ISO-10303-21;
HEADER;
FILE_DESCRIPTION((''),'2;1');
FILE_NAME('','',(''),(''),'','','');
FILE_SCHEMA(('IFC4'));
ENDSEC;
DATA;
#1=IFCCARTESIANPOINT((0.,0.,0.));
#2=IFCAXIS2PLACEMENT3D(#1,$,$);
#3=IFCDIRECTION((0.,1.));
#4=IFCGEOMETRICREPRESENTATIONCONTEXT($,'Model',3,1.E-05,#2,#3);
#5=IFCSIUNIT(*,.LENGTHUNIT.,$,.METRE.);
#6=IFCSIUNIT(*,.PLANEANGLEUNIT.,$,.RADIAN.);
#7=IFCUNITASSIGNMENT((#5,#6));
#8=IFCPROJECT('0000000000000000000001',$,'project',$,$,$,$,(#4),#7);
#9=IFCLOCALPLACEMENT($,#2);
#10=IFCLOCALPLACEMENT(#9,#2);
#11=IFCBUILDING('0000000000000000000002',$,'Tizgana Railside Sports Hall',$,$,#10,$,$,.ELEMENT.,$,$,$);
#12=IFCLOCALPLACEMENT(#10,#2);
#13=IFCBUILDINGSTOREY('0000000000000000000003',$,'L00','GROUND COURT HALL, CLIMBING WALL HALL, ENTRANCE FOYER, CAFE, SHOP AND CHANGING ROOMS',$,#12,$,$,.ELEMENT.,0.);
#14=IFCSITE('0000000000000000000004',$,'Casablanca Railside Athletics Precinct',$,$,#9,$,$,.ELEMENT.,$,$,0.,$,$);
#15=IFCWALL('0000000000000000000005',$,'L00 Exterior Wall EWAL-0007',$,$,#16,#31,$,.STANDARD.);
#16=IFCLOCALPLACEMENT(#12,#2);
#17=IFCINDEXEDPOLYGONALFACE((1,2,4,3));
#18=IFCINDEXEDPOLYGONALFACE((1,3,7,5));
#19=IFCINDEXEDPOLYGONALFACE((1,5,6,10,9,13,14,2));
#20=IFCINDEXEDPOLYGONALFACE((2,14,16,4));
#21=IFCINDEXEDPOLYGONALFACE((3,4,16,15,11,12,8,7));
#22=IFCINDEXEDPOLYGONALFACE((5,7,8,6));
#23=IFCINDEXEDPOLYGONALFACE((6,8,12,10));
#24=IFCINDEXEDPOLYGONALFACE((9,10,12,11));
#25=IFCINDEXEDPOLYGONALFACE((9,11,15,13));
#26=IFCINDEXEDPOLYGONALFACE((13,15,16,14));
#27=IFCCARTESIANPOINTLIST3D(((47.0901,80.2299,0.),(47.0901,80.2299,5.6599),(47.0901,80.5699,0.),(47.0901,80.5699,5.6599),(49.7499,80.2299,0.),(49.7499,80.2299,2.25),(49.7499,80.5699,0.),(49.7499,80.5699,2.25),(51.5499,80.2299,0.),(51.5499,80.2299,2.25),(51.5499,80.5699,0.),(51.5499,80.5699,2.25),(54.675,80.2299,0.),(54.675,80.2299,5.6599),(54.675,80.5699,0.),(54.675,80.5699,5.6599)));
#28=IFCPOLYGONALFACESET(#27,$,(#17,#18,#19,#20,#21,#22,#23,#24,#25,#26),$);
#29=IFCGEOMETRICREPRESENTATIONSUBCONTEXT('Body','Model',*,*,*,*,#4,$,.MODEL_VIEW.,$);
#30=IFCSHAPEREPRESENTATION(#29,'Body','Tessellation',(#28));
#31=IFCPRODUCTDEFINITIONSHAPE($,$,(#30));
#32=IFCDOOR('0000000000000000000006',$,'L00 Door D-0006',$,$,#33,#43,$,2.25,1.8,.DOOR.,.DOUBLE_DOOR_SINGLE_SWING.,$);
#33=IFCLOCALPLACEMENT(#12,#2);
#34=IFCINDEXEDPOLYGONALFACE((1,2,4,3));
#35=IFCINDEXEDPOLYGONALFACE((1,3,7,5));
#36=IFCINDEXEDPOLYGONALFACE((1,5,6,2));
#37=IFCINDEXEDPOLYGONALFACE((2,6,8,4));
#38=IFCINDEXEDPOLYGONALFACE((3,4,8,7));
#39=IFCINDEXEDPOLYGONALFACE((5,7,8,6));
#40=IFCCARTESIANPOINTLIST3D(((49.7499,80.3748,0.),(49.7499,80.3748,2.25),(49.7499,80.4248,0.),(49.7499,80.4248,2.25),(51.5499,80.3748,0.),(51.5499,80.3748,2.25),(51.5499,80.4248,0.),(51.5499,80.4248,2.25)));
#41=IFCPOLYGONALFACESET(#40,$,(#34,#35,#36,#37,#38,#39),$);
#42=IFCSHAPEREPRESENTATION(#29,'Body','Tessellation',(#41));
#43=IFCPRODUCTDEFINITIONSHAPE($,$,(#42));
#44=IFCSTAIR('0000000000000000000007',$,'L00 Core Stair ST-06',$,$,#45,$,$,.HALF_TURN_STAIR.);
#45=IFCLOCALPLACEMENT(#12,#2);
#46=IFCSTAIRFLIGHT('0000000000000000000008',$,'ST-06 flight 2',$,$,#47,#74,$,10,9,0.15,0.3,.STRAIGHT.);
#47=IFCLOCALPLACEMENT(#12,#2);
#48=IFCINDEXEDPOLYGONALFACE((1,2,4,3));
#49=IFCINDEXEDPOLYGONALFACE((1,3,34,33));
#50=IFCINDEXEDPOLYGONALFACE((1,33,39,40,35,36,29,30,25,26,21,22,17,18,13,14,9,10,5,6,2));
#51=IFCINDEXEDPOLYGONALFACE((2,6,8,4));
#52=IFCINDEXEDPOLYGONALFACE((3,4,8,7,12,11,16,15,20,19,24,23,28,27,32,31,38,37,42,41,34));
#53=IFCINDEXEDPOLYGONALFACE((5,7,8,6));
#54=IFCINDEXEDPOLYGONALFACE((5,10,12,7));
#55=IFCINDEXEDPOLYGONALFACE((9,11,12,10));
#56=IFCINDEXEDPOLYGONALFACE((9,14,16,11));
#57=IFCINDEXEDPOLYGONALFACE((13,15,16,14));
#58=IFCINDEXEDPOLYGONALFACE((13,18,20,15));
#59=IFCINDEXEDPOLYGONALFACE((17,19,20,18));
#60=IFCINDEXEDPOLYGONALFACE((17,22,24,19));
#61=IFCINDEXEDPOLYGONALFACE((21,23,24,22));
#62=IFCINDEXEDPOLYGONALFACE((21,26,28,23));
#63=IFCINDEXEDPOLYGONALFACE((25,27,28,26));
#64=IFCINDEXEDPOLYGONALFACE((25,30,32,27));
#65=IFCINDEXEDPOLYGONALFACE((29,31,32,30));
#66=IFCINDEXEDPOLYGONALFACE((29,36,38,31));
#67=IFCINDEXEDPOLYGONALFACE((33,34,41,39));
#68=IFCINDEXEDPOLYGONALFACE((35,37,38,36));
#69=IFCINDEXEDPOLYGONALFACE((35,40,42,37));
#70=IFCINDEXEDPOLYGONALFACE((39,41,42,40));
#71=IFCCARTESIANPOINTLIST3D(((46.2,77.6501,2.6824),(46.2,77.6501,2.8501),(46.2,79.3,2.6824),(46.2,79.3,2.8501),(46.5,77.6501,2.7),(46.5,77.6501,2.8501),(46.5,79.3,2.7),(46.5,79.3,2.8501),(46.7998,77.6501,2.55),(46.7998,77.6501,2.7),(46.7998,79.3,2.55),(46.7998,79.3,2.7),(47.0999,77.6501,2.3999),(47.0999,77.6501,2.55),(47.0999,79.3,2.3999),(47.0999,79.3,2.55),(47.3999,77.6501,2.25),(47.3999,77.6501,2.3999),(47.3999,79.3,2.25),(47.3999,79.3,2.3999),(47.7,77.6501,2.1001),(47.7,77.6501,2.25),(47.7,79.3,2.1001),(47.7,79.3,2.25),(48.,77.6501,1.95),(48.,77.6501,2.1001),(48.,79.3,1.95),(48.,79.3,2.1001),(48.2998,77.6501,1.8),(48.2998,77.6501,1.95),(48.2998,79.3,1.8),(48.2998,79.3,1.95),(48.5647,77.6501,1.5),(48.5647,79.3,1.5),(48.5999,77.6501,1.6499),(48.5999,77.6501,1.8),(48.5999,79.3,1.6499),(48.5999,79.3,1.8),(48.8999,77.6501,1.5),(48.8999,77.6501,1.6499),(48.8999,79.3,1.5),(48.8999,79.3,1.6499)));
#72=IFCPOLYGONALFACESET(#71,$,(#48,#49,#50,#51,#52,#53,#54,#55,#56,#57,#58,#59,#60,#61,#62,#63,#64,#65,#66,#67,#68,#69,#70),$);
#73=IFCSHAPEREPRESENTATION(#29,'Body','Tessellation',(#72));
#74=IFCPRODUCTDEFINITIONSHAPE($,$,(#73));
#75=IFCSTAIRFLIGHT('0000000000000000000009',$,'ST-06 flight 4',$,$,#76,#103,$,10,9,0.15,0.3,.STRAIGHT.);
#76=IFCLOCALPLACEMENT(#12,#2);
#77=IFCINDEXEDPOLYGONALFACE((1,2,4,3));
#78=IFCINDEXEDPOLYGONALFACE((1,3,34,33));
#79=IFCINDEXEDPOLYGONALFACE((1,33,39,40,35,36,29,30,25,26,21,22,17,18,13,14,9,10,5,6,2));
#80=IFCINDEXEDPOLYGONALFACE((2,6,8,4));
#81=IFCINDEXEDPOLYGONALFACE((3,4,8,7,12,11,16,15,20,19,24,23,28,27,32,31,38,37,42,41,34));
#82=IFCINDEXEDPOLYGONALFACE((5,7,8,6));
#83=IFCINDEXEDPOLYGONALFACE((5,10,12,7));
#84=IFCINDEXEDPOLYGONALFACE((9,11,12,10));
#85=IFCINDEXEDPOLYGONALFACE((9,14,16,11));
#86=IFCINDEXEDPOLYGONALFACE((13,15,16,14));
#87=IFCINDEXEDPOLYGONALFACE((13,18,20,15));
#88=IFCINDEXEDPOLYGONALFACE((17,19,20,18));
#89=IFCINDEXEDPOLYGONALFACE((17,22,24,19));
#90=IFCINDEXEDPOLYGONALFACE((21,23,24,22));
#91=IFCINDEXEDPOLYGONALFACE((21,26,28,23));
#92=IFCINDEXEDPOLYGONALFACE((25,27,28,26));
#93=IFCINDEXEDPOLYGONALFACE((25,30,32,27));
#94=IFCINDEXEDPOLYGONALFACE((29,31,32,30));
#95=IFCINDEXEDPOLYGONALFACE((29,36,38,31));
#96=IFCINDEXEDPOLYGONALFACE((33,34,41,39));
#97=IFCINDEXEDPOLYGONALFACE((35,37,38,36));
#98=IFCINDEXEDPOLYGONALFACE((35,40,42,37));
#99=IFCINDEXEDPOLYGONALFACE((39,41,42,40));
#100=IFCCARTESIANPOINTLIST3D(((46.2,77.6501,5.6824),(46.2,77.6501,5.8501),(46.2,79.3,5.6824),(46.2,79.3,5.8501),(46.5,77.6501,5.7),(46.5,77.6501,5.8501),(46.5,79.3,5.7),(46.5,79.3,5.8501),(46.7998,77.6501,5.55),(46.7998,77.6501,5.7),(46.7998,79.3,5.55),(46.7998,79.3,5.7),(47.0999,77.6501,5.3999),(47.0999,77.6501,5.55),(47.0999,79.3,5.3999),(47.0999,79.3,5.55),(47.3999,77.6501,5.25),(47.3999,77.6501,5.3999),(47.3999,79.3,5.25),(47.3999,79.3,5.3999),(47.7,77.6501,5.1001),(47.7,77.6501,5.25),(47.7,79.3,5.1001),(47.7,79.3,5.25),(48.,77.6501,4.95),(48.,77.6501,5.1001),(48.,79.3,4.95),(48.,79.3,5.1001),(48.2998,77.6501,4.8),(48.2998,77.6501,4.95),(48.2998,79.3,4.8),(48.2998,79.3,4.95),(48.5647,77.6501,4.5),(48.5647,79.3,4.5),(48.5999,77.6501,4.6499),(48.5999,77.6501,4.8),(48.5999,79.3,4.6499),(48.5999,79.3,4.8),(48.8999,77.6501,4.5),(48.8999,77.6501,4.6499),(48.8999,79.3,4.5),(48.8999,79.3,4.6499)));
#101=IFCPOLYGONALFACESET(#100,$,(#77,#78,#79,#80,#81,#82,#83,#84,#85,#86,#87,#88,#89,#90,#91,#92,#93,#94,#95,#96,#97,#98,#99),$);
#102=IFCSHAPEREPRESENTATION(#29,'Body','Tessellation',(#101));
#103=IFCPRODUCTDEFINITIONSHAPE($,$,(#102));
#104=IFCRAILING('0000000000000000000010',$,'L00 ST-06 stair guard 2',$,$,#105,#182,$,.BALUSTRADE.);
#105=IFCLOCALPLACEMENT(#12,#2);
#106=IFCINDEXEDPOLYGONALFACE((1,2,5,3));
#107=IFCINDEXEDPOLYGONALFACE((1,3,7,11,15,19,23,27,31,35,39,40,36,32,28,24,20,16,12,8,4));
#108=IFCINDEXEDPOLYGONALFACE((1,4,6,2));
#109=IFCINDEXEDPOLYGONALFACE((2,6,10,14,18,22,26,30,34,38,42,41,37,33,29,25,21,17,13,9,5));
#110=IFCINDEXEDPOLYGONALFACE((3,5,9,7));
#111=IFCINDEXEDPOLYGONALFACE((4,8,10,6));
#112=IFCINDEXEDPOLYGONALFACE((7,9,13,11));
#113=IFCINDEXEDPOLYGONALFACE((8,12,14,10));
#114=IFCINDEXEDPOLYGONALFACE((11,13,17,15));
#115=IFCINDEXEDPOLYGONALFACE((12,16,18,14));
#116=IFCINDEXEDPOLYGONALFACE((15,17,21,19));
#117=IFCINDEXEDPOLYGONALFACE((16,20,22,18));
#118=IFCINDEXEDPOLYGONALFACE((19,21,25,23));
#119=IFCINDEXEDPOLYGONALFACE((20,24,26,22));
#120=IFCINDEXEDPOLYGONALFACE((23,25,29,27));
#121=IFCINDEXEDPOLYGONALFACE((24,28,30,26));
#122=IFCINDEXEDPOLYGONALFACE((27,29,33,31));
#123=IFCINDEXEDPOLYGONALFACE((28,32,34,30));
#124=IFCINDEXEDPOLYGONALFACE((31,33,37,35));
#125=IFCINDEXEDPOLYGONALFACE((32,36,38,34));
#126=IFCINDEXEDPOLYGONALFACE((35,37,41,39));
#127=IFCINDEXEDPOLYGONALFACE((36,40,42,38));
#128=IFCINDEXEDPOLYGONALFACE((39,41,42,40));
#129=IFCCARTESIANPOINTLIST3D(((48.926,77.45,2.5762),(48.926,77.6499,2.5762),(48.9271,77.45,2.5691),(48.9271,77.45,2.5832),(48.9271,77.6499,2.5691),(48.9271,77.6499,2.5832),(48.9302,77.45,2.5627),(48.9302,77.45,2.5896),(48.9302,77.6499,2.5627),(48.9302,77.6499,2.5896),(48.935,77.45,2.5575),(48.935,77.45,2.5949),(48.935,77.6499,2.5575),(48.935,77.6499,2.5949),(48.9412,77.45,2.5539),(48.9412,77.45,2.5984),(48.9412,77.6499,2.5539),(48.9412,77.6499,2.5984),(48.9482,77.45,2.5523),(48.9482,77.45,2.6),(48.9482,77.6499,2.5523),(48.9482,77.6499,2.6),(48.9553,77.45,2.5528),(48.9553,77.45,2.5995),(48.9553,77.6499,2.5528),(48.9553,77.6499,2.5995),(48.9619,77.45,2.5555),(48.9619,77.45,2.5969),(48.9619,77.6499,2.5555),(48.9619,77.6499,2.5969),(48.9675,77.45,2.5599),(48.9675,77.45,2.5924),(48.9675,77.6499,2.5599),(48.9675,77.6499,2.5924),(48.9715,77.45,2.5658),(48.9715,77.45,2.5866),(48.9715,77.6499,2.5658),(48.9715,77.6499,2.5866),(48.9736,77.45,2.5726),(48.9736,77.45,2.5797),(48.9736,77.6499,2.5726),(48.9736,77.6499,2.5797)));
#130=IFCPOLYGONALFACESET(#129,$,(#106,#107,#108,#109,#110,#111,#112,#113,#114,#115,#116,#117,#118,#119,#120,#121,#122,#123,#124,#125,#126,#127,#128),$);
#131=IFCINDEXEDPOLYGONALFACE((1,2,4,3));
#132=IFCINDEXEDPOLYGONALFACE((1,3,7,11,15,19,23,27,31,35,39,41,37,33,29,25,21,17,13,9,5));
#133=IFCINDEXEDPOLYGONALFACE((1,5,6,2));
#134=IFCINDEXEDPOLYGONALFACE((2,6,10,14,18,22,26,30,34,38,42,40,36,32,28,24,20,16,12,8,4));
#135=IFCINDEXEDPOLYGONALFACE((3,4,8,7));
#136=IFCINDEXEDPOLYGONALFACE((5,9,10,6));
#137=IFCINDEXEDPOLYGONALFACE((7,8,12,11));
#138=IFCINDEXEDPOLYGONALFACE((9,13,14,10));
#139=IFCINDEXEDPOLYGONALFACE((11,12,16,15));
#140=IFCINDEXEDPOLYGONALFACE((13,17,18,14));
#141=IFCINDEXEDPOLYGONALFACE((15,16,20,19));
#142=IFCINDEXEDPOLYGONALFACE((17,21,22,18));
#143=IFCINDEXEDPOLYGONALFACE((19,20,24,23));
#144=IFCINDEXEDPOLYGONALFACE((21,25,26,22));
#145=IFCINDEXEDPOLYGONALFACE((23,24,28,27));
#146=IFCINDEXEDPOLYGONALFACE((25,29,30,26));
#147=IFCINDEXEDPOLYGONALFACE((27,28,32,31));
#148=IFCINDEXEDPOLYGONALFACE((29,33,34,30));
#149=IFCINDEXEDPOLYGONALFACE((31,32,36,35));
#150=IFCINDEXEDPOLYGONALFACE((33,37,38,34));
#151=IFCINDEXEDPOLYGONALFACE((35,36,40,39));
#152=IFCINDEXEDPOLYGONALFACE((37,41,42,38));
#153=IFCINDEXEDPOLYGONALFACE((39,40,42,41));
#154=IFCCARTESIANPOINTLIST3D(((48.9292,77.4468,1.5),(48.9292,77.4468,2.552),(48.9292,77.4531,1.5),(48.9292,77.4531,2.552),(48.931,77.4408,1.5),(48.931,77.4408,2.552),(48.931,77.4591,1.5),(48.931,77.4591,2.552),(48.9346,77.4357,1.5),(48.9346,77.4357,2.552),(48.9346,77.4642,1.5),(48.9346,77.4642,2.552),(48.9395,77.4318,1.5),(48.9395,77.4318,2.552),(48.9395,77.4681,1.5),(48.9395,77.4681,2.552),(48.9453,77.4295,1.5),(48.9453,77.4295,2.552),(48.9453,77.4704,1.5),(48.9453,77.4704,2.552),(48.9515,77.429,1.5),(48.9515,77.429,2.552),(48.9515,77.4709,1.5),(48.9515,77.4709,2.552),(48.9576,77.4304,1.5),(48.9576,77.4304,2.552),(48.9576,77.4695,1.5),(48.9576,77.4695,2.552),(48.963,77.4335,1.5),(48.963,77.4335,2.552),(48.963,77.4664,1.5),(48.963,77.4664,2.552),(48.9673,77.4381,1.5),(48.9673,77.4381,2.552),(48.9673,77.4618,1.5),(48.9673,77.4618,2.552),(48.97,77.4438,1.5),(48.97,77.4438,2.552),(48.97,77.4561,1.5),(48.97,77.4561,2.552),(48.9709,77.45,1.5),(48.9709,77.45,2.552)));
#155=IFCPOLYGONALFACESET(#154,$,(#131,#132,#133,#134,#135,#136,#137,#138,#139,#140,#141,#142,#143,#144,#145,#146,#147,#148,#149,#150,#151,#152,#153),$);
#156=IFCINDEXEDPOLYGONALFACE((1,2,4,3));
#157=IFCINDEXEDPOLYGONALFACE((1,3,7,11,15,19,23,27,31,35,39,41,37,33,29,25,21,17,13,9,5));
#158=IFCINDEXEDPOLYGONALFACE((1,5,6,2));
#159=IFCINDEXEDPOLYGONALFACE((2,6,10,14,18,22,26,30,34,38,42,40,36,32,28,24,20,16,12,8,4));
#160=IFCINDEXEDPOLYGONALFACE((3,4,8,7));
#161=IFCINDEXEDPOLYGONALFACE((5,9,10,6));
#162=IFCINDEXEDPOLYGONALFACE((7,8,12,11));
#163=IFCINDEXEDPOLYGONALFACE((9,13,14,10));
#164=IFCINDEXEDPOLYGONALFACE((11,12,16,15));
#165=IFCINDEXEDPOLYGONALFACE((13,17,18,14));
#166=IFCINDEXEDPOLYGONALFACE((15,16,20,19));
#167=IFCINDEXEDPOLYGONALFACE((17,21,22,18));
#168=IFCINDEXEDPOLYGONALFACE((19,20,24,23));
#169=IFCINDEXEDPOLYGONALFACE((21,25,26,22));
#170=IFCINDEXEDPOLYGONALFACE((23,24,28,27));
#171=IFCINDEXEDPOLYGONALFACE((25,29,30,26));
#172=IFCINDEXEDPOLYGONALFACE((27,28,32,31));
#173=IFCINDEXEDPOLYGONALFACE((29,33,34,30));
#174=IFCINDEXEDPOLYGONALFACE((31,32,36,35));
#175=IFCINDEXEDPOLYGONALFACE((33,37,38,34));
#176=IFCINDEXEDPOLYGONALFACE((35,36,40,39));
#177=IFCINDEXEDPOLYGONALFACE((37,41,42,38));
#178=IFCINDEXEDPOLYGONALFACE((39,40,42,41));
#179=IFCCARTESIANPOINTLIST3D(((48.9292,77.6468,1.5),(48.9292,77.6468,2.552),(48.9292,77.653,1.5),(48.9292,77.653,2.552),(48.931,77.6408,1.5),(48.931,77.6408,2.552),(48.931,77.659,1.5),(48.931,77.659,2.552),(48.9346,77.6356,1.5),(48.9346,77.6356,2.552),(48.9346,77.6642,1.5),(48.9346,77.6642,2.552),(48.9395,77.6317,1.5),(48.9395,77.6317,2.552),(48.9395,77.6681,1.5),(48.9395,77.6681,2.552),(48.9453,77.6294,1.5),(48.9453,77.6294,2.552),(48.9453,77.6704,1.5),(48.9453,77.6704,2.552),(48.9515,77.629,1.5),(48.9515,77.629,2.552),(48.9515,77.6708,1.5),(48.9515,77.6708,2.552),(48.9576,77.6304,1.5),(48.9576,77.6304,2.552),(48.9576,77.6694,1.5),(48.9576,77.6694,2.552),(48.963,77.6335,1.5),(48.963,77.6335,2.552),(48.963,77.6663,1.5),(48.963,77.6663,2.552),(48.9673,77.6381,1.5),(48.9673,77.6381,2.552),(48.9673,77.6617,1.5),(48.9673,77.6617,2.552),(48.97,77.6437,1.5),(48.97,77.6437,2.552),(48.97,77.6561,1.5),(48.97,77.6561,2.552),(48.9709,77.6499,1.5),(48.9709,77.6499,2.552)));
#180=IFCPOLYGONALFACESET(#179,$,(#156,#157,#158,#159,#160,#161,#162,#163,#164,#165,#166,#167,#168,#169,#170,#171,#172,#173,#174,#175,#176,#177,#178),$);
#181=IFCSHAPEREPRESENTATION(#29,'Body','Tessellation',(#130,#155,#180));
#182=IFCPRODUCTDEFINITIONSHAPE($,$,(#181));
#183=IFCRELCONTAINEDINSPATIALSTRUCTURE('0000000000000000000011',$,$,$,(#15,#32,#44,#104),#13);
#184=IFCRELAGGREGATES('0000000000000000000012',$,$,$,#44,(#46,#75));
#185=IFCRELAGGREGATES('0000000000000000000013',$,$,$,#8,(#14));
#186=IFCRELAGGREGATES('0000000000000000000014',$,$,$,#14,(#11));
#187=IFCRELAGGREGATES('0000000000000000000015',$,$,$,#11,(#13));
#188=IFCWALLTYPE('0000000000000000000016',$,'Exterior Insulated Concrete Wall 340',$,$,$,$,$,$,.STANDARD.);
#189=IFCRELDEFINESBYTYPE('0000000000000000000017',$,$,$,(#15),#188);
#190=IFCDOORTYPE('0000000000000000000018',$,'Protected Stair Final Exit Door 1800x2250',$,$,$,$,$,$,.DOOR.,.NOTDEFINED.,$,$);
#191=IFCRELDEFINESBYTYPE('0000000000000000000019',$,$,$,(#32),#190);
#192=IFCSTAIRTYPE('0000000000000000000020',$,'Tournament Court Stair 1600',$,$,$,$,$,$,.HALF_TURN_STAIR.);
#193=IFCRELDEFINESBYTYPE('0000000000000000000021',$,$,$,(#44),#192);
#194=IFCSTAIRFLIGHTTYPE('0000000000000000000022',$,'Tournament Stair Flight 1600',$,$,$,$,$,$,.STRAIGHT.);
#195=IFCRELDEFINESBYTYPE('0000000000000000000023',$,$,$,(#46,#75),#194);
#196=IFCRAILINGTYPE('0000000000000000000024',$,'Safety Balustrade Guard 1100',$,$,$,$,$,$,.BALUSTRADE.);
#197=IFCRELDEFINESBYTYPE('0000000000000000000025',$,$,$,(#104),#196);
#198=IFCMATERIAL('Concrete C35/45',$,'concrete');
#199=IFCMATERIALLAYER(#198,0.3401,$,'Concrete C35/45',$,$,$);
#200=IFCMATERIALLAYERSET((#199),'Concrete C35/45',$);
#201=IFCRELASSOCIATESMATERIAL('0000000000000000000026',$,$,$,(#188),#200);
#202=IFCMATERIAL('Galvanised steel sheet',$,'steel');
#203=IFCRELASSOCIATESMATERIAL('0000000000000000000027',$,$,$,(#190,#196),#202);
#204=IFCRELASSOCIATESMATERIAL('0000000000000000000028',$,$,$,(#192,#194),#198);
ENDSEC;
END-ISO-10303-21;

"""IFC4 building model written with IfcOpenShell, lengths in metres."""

from ifc_helpers import new_model, si_unit, direction, frame, frame_2d, origin, origin_2d, place, context, subcontext, project, spatial, polyline, rectangle, circle, outline, extrude, material, layer, layer_set, type_object, element, fill, aggregate, save


model = new_model("IFC4")

# Units and contexts
model_context = context("Model", 3, precision=1e-05, world=origin(), true_north=direction((0.0, 1.0)))
body_context = subcontext(model_context, "Body", "Model", "MODEL_VIEW")
ifc_project = project(units=[si_unit("LENGTHUNIT", "METRE"), si_unit("PLANEANGLEUNIT", "RADIAN")], contexts=[model_context])

# Site, building, storey
site_placement = place(None, origin())
site = spatial("IfcSite", under=ifc_project, at=site_placement, Name="Casablanca Railside Athletics Precinct", CompositionType="ELEMENT", RefElevation=0.0)
building_placement = place(site_placement, origin())
building = spatial("IfcBuilding", under=site, at=building_placement, Name="Tizgana Railside Sports Hall", CompositionType="ELEMENT")
storey_placement = place(building_placement, origin())
storey = spatial("IfcBuildingStorey", under=building, at=storey_placement, Name="L00", Description="GROUND COURT HALL, CLIMBING WALL HALL, ENTRANCE FOYER, CAFE, SHOP AND CHANGING ROOMS", CompositionType="ELEMENT", Elevation=0.0)

# Wall, opening, door
ifc_material_1 = material(Name="Concrete C35/45", Category="concrete")
ifc_layer_1 = layer(ifc_material_1, 0.3401, Name="Concrete C35/45")
ifc_layer_set_1 = layer_set([ifc_layer_1], Name="Concrete C35/45")
wall_type_1 = type_object("IfcWallType", Name="Exterior Insulated Concrete Wall 340", PredefinedType="STANDARD", material=ifc_layer_set_1)
wall_1_placement = place(storey_placement, frame((47.0901, 80.3999, 0.0), z_axis=(0.0, 0.0, 1.0), x_axis=(1.0, 0.0, 0.0)))
wall_1 = element("IfcWall", 1, at=wall_1_placement, inside=storey, type_object=wall_type_1, Name="L00 Exterior Wall EWAL-0007", PredefinedType="STANDARD", context=body_context, shape_type="SweptSolid", body=[
    extrude(rectangle(XDim=7.585, YDim=0.3401, at=frame_2d((3.7925, 0.0))), origin(), (0.0, 0.0, 1.0), 5.6599),
])
opening_placement = place(wall_1_placement, frame((2.6599, 0.0, 0.0)))
opening = element("IfcOpeningElement", 2, at=opening_placement, cuts=wall_1, PredefinedType="OPENING", context=body_context, shape_type="SweptSolid", body=[
    extrude(rectangle(XDim=1.8, YDim=2.25, at=frame_2d((0.8999, 1.125))), frame((0.0, 0.1799, 0.0), z_axis=(0.0, -1.0, 0.0), x_axis=(1.0, 0.0, 0.0)), (0.0, 0.0, 1.0), 0.3601),
])
ifc_material_2 = material(Name="Galvanised steel sheet", Category="steel")
door_type = type_object("IfcDoorType", Name="Protected Stair Final Exit Door 1800x2250", OperationType="NOTDEFINED", PredefinedType="DOOR", material=ifc_material_2)
door_placement = place(opening_placement, origin())
door = element("IfcDoor", 3, at=door_placement, inside=storey, type_object=door_type, Name="L00 Door D-0006", OperationType="DOUBLE_DOOR_SINGLE_SWING", OverallHeight=2.25, OverallWidth=1.8, PredefinedType="DOOR", context=body_context, shape_type="SweptSolid", body=[
    extrude(rectangle(XDim=1.8, YDim=2.25, at=frame_2d((0.8999, 1.125))), frame((0.0, 0.0249, 0.0), z_axis=(0.0, -1.0, 0.0), x_axis=(1.0, 0.0, 0.0)), (0.0, 0.0, 1.0), 0.05),
])
fill(opening, door)

# Stair, stair flights
stair_type = type_object("IfcStairType", Name="Tournament Court Stair 1600", PredefinedType="HALF_TURN_STAIR", material=ifc_material_1)
stair_placement = place(storey_placement, origin())
stair = element("IfcStair", 4, at=stair_placement, inside=storey, type_object=stair_type, Name="L00 Core Stair ST-06", PredefinedType="HALF_TURN_STAIR")
stair_flight_type = type_object("IfcStairFlightType", Name="Tournament Stair Flight 1600", PredefinedType="STRAIGHT", material=ifc_material_1)
stair_flight_1_placement = place(storey_placement, frame((48.8999, 78.4751, 1.5), z_axis=(0.0, 0.0, 1.0), x_axis=(-1.0, 0.0, 0.0)))
stair_flight_1 = element("IfcStairFlight", 5, at=stair_flight_1_placement, type_object=stair_flight_type, Name="ST-06 flight 2", NumberOfRisers=10, NumberOfTreads=9, PredefinedType="STRAIGHT", RiserHeight=0.15, TreadLength=0.3, context=body_context, shape_type="SweptSolid", body=[
    extrude(outline(polyline([(0.0, 0.0), (0.0, 0.1499), (0.3, 0.1499), (0.3, 0.3), (0.6001, 0.3), (0.6001, 0.45), (0.8999, 0.45), (0.8999, 0.6001), (1.2, 0.6001), (1.2, 0.75), (1.5, 0.75), (1.5, 0.8999), (1.8, 0.8999), (1.8, 1.05), (2.1001, 1.05), (2.1001, 1.2), (2.3999, 1.2), (2.3999, 1.3501), (2.7, 1.3501), (2.7, 1.5), (2.7, 1.1824), (0.3352, 0.0), (0.0, 0.0)])), frame((0.0, 0.825, 0.0), z_axis=(0.0, -1.0, 0.0), x_axis=(1.0, 0.0, 0.0)), (0.0, 0.0, 1.0), 1.6499),
])
stair_flight_2_placement = place(storey_placement, frame((48.8999, 78.4751, 4.5), z_axis=(0.0, 0.0, 1.0), x_axis=(-1.0, 0.0, 0.0)))
stair_flight_2 = element("IfcStairFlight", 6, at=stair_flight_2_placement, type_object=stair_flight_type, Name="ST-06 flight 4", NumberOfRisers=10, NumberOfTreads=9, PredefinedType="STRAIGHT", RiserHeight=0.15, TreadLength=0.3, context=body_context, shape_type="SweptSolid", body=[
    extrude(outline(polyline([(0.0, 0.0), (0.0, 0.1499), (0.3, 0.1499), (0.3, 0.3), (0.6001, 0.3), (0.6001, 0.45), (0.8999, 0.45), (0.8999, 0.6001), (1.2, 0.6001), (1.2, 0.75), (1.5, 0.75), (1.5, 0.8999), (1.8, 0.8999), (1.8, 1.05), (2.1001, 1.05), (2.1001, 1.2), (2.3999, 1.2), (2.3999, 1.3501), (2.7, 1.3501), (2.7, 1.5), (2.7, 1.1824), (0.3352, 0.0), (0.0, 0.0)])), frame((0.0, 0.825, 0.0), z_axis=(0.0, -1.0, 0.0), x_axis=(1.0, 0.0, 0.0)), (0.0, 0.0, 1.0), 1.6499),
])
aggregate(stair, [stair_flight_1, stair_flight_2])

# Railing
railing_type_1 = type_object("IfcRailingType", Name="Safety Balustrade Guard 1100", PredefinedType="BALUSTRADE", material=ifc_material_2)
railing_1_placement = place(storey_placement, frame((48.95, 77.45, 1.5)))
element("IfcRailing", 7, at=railing_1_placement, inside=storey, type_object=railing_type_1, Name="L00 ST-06 stair guard 2", PredefinedType="BALUSTRADE", context=body_context, shape_type="SweptSolid", body=[
    extrude(circle(Radius=0.0239, at=origin_2d()), frame((0.0, 0.0, 1.0762), z_axis=(0.0, 1.0, 0.0), x_axis=(-1.0, 0.0, 0.0)), (0.0, 0.0, 1.0), 0.2),
    extrude(circle(Radius=0.021, at=origin_2d()), origin(), (0.0, 0.0, 1.0), 1.052),
    extrude(circle(Radius=0.021, at=origin_2d()), frame((0.0, 0.2, 0.0)), (0.0, 0.0, 1.0), 1.052),
])

save(model, "model.ifc")
